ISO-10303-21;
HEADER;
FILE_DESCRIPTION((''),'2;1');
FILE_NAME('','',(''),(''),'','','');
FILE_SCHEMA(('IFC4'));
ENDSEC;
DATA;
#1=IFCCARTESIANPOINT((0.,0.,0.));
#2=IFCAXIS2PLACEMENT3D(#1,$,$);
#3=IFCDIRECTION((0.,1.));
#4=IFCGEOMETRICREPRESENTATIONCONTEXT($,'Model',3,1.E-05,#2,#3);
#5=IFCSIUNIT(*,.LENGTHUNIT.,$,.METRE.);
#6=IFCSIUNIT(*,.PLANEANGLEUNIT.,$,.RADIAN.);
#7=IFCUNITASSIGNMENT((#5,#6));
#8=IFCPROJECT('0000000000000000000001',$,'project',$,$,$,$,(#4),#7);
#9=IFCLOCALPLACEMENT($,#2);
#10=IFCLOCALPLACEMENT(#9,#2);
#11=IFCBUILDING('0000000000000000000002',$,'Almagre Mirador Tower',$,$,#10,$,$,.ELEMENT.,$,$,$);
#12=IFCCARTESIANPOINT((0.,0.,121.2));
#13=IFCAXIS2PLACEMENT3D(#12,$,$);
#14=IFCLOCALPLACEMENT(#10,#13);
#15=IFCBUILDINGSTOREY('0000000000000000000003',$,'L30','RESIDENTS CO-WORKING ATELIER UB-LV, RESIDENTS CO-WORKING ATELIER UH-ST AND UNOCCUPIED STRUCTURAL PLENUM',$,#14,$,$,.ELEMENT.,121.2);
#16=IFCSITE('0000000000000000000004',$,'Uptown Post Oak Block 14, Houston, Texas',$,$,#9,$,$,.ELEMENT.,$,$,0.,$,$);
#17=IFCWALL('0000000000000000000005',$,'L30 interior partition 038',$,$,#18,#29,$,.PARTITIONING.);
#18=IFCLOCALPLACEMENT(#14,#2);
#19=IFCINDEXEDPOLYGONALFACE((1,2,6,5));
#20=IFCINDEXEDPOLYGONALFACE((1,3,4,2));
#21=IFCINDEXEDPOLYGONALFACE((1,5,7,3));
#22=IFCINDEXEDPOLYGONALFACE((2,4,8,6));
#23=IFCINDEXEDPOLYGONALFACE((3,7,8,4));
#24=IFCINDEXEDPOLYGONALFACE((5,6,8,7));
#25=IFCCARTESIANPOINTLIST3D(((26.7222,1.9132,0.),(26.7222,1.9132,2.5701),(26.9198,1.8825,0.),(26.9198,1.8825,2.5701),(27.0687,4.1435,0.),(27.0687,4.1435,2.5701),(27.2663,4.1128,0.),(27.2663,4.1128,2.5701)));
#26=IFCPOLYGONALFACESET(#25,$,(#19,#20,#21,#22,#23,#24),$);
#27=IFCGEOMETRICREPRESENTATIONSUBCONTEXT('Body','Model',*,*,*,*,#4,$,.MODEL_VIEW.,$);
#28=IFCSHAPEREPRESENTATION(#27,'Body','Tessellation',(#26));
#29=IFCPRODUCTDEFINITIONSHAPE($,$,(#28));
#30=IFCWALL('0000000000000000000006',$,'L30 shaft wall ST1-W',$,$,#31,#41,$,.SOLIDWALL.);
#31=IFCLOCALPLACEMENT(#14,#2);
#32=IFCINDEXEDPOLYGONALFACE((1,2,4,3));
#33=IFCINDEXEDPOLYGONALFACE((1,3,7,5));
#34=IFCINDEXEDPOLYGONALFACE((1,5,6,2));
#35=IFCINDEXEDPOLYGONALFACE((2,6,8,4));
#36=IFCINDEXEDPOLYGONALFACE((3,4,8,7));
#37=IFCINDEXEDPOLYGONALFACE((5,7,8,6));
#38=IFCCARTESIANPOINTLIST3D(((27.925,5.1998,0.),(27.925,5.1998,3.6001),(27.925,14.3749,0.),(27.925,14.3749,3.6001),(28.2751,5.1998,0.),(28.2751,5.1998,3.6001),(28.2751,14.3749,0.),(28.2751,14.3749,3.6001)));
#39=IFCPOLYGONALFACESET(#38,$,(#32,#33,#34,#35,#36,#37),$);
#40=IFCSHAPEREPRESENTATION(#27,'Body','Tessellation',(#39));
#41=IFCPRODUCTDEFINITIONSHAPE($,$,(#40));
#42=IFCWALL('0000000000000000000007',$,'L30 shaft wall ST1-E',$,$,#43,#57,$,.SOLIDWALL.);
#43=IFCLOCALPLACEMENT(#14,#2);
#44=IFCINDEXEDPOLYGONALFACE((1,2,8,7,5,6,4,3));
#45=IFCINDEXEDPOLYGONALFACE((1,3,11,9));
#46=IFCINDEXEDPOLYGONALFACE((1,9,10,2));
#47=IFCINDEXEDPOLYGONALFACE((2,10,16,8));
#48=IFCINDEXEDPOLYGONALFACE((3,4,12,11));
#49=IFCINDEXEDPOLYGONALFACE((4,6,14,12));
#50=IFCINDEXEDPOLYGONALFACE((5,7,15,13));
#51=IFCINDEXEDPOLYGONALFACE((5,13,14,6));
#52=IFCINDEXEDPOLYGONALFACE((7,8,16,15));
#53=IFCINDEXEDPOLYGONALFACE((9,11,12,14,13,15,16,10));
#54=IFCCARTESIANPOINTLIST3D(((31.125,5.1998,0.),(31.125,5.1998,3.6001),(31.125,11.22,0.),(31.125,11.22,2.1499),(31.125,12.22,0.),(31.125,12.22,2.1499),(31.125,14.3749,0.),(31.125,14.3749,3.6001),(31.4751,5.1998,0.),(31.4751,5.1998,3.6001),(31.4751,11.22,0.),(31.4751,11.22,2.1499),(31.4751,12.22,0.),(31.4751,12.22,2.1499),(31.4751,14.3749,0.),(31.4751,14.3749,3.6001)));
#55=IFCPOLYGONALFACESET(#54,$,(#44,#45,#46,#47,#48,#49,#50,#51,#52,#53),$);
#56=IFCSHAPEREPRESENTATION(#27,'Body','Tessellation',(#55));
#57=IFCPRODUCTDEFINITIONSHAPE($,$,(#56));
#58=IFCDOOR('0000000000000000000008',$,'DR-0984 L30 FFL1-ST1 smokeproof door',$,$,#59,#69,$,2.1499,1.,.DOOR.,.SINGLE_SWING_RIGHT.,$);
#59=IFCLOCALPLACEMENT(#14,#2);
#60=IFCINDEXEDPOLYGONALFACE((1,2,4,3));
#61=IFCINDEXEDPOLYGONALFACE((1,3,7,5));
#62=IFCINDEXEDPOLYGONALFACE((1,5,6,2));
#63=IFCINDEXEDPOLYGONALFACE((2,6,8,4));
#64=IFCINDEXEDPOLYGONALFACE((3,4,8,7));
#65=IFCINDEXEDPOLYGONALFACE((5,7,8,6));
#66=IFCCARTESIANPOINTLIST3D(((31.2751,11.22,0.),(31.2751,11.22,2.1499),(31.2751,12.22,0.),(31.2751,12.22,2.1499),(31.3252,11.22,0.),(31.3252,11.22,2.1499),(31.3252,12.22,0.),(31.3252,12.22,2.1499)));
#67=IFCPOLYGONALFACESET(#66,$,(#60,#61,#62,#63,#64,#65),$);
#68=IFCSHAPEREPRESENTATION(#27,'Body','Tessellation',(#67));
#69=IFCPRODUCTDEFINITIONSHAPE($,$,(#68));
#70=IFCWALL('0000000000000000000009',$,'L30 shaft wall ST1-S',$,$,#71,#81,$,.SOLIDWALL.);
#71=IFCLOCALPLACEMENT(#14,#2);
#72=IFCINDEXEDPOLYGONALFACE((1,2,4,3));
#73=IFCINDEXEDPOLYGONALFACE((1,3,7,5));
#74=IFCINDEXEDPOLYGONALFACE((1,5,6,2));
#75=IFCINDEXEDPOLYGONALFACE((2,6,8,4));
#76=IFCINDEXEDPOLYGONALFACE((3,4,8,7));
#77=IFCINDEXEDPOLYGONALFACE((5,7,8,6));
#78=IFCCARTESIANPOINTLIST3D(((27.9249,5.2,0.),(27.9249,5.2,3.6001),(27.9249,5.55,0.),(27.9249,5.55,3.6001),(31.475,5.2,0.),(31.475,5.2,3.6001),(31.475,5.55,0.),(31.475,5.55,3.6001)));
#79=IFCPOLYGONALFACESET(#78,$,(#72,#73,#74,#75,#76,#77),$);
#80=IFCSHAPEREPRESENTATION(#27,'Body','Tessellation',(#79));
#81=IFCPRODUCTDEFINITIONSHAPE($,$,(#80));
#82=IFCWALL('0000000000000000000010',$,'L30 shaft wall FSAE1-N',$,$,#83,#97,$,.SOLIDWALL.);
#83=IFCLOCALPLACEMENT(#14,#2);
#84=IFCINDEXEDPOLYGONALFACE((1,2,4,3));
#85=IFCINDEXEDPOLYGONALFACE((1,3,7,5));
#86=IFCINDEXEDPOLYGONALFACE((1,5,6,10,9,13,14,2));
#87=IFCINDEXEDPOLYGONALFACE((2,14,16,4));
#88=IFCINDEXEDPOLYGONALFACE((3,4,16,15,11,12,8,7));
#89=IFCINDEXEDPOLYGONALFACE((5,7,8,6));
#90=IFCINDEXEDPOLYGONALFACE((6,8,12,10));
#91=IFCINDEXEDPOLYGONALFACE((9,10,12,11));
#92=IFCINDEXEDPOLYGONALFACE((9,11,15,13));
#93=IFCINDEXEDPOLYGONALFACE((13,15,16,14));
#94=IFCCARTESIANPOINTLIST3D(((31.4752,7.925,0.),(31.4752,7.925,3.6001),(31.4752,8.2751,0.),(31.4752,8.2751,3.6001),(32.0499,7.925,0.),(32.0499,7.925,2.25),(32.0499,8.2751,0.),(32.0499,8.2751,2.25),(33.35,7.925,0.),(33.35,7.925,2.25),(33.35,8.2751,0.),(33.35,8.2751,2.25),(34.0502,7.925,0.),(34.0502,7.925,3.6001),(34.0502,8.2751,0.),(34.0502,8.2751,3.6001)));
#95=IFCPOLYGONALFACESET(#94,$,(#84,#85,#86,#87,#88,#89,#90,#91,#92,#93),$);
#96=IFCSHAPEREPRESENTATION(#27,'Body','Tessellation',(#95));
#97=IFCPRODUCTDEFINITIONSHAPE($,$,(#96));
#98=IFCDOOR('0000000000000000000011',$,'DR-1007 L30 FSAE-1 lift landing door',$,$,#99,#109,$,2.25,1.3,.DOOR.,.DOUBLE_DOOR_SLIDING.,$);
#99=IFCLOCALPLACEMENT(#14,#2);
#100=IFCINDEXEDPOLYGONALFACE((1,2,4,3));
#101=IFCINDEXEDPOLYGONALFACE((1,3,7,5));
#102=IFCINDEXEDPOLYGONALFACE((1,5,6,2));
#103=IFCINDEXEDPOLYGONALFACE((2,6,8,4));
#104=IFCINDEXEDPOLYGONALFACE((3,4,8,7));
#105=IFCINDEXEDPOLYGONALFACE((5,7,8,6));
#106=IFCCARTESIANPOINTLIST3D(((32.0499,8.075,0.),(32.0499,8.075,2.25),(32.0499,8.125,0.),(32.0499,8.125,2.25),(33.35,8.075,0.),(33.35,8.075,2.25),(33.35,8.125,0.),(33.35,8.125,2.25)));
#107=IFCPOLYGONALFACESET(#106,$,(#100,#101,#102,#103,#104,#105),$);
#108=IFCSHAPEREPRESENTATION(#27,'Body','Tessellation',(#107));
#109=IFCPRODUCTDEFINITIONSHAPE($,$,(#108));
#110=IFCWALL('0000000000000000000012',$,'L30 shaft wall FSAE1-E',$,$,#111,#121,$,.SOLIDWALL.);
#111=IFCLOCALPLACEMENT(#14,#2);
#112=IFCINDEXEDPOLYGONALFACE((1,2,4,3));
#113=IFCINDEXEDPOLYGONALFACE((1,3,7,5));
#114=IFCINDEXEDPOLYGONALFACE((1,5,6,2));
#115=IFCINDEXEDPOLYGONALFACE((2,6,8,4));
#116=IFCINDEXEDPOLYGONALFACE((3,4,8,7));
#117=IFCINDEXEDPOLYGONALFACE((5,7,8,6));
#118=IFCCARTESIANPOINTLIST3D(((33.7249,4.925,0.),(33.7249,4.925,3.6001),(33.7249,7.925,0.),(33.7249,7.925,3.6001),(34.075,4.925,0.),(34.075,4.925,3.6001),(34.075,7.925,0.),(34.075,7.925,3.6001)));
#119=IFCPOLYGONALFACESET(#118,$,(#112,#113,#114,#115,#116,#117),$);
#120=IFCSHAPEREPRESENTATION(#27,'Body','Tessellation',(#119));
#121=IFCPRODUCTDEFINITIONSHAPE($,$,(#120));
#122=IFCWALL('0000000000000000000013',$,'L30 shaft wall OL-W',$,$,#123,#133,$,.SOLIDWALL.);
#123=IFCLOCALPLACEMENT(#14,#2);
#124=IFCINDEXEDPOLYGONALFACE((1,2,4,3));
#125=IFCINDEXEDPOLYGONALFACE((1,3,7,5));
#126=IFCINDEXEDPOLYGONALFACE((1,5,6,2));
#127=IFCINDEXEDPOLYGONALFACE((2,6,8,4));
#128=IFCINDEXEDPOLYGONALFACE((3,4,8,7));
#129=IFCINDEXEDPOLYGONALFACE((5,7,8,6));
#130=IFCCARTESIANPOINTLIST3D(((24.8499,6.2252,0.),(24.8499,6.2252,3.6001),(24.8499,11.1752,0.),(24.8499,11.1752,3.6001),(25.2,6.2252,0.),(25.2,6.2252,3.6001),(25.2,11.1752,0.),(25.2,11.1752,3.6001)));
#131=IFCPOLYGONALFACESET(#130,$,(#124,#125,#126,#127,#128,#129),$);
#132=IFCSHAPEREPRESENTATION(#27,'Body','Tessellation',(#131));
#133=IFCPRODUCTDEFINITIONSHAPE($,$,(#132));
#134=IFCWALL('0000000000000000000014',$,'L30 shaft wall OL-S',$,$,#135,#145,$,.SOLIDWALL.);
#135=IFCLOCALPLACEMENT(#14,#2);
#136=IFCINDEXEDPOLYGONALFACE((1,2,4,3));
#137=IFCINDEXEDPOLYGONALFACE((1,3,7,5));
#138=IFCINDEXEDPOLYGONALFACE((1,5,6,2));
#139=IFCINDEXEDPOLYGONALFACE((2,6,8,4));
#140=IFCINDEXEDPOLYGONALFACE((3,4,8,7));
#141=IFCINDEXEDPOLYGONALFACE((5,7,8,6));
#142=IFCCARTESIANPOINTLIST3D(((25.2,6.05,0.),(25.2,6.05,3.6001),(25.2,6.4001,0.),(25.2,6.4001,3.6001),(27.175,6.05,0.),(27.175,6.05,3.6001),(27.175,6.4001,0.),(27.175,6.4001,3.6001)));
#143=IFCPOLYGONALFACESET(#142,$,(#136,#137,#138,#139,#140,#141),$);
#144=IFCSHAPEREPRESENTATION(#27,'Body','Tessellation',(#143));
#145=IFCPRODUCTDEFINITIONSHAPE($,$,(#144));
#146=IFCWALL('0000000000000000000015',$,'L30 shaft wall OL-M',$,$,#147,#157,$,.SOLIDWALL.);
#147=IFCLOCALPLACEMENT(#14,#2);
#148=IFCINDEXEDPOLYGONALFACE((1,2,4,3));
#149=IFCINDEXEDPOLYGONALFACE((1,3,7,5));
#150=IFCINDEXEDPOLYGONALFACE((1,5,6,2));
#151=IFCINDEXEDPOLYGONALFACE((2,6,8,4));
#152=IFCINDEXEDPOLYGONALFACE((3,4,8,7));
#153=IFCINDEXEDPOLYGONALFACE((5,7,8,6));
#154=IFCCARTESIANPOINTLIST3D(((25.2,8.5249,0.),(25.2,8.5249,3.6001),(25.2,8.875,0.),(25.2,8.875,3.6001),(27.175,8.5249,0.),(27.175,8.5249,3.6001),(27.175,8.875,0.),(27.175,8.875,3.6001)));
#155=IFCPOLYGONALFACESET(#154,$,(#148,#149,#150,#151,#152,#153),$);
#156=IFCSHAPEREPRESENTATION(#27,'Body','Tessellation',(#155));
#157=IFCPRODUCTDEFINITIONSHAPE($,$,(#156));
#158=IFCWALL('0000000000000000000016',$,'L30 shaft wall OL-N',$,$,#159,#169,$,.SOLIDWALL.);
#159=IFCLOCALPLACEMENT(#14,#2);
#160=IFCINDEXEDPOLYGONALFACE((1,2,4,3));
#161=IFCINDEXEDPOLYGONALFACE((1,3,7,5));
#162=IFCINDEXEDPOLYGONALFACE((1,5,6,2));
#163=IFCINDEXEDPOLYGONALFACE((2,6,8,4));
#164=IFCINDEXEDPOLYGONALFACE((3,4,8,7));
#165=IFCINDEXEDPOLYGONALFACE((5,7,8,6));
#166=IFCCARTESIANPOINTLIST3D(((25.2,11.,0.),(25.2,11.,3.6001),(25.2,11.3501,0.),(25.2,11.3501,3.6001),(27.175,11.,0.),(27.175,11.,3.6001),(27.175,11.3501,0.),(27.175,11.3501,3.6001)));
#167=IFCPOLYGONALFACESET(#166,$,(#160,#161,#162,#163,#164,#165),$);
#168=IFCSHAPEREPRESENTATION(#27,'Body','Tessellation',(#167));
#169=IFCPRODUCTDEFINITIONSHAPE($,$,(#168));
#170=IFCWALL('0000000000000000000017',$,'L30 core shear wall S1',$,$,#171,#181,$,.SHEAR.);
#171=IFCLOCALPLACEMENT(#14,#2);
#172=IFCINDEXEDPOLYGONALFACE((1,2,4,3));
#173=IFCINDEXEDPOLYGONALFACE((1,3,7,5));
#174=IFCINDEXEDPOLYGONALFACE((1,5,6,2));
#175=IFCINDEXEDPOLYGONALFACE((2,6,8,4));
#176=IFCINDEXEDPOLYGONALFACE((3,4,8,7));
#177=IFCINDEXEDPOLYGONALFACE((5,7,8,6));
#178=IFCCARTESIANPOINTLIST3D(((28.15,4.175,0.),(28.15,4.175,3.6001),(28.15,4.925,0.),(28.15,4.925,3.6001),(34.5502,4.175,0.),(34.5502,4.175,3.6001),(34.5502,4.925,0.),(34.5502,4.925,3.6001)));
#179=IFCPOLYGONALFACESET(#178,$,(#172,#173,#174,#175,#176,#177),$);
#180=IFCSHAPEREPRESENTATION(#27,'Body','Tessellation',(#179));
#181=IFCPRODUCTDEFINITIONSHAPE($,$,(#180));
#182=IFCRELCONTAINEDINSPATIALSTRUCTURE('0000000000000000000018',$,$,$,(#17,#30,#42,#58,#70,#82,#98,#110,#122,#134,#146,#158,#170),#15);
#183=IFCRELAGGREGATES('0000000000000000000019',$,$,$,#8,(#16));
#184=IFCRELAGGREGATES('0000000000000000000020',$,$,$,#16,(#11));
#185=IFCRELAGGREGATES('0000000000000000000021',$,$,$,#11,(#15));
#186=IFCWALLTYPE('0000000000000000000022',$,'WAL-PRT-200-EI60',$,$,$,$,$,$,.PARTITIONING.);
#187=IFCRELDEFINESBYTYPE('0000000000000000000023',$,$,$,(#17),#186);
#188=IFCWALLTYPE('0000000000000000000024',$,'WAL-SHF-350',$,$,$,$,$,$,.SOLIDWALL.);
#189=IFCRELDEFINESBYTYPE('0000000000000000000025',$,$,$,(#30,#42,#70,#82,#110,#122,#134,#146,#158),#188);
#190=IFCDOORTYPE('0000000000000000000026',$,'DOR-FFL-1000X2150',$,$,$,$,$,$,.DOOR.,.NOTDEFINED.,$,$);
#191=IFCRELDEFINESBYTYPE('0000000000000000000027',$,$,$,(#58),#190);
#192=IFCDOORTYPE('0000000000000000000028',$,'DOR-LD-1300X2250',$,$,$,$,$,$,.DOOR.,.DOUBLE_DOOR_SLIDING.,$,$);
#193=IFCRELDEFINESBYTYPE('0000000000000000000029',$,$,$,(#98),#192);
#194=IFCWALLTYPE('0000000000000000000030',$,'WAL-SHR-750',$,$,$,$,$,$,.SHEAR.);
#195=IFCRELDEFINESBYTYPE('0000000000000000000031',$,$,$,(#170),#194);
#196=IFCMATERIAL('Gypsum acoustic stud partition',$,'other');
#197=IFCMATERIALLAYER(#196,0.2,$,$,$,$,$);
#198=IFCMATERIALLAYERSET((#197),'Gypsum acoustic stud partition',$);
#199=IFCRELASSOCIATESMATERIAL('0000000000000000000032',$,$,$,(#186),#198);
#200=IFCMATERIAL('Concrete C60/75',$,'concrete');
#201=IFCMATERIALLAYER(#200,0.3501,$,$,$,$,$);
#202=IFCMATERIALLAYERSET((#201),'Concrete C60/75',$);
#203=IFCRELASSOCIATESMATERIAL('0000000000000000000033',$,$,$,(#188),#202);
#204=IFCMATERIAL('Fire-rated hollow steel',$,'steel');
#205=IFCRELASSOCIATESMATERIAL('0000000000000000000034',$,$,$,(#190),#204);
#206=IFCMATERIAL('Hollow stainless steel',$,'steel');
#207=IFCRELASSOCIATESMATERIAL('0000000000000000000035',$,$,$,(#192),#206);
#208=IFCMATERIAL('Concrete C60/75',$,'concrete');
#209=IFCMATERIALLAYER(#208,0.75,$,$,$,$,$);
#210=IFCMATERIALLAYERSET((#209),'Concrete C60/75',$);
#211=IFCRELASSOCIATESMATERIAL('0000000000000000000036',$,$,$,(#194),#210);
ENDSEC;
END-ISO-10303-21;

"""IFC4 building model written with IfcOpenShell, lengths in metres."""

from ifc_helpers import new_model, si_unit, direction, frame, frame_2d, origin, place, context, subcontext, project, spatial, rectangle, extrude, material, layer, layer_set, type_object, element, fill, save


model = new_model("IFC4")

# Units and contexts
model_context = context("Model", 3, precision=1e-05, world=origin(), true_north=direction((0.0, 1.0)))
body_context = subcontext(model_context, "Body", "Model", "MODEL_VIEW")
ifc_project = project(units=[si_unit("LENGTHUNIT", "METRE"), si_unit("PLANEANGLEUNIT", "RADIAN")], contexts=[model_context])

# Site, building, storey
site_placement = place(None, origin())
site = spatial("IfcSite", under=ifc_project, at=site_placement, Name="Uptown Post Oak Block 14, Houston, Texas", CompositionType="ELEMENT", RefElevation=0.0)
building_placement = place(site_placement, origin())
building = spatial("IfcBuilding", under=site, at=building_placement, Name="Almagre Mirador Tower", CompositionType="ELEMENT")
storey_placement = place(building_placement, frame((0.0, 0.0, 121.2)))
storey = spatial("IfcBuildingStorey", under=building, at=storey_placement, Name="L30", Description="RESIDENTS CO-WORKING ATELIER UB-LV, RESIDENTS CO-WORKING ATELIER UH-ST AND UNOCCUPIED STRUCTURAL PLENUM", CompositionType="ELEMENT", Elevation=121.2)

# Walls
ifc_material_1 = material(Name="Gypsum acoustic stud partition", Category="other")
ifc_layer_1 = layer(ifc_material_1, 0.2)
ifc_layer_set_1 = layer_set([ifc_layer_1], Name="Gypsum acoustic stud partition")
wall_type_1 = type_object("IfcWallType", Name="WAL-PRT-200-EI60", PredefinedType="PARTITIONING", material=ifc_layer_set_1)
wall_1_placement = place(storey_placement, frame((26.821, 1.8979, 0.0), z_axis=(0.0, 0.0, 1.0), x_axis=(0.153496, 0.988149, 0.0)))
element("IfcWall", 1, at=wall_1_placement, inside=storey, type_object=wall_type_1, Name="L30 interior partition 038", PredefinedType="PARTITIONING", context=body_context, shape_type="SweptSolid", body=[
    extrude(rectangle(XDim=2.2571, YDim=0.2, at=frame_2d((1.1284, 0.0))), origin(), (0.0, 0.0, 1.0), 2.5701),
])
ifc_material_2 = material(Name="Concrete C60/75", Category="concrete")
ifc_layer_2 = layer(ifc_material_2, 0.3501)
ifc_layer_set_2 = layer_set([ifc_layer_2], Name="Concrete C60/75")
wall_type_2 = type_object("IfcWallType", Name="WAL-SHF-350", PredefinedType="SOLIDWALL", material=ifc_layer_set_2)
wall_2_placement = place(storey_placement, frame((28.1001, 5.2, 0.0), z_axis=(0.0, 0.0, 1.0), x_axis=(0.0, 1.0, 0.0)))
element("IfcWall", 2, at=wall_2_placement, inside=storey, type_object=wall_type_2, Name="L30 shaft wall ST1-W", PredefinedType="SOLIDWALL", context=body_context, shape_type="SweptSolid", body=[
    extrude(rectangle(XDim=9.175, YDim=0.3501, at=frame_2d((4.5874, 0.0))), origin(), (0.0, 0.0, 1.0), 3.6001),
])

# Wall, opening, door
wall_3_placement = place(storey_placement, frame((31.3, 5.2, 0.0), z_axis=(0.0, 0.0, 1.0), x_axis=(0.0, 1.0, 0.0)))
wall_3 = element("IfcWall", 3, at=wall_3_placement, inside=storey, type_object=wall_type_2, Name="L30 shaft wall ST1-E", PredefinedType="SOLIDWALL", context=body_context, shape_type="SweptSolid", body=[
    extrude(rectangle(XDim=9.175, YDim=0.3501, at=frame_2d((4.5874, 0.0))), origin(), (0.0, 0.0, 1.0), 3.6001),
])
opening_1_placement = place(wall_3_placement, frame((6.02, 0.0, 0.0)))
opening_1 = element("IfcOpeningElement", 4, at=opening_1_placement, cuts=wall_3, PredefinedType="OPENING", context=body_context, shape_type="SweptSolid", body=[
    extrude(rectangle(XDim=1.0, YDim=2.1499, at=frame_2d((0.5, 1.075))), frame((0.0, 0.185, 0.0), z_axis=(0.0, -1.0, 0.0), x_axis=(1.0, 0.0, 0.0)), (0.0, 0.0, 1.0), 0.3701),
])
ifc_material_3 = material(Name="Fire-rated hollow steel", Category="steel")
door_type_1 = type_object("IfcDoorType", Name="DOR-FFL-1000X2150", OperationType="NOTDEFINED", PredefinedType="DOOR", material=ifc_material_3)
door_1_placement = place(opening_1_placement, origin())
door_1 = element("IfcDoor", 5, at=door_1_placement, inside=storey, type_object=door_type_1, Name="DR-0984 L30 FFL1-ST1 smokeproof door", OperationType="SINGLE_SWING_RIGHT", OverallHeight=2.1499, OverallWidth=1.0, PredefinedType="DOOR", context=body_context, shape_type="SweptSolid", body=[
    extrude(rectangle(XDim=1.0, YDim=2.1499, at=frame_2d((0.5, 1.075))), frame((0.0, 0.0249, 0.0), z_axis=(0.0, -1.0, 0.0), x_axis=(1.0, 0.0, 0.0)), (0.0, 0.0, 1.0), 0.05),
])
fill(opening_1, door_1)

# Wall
wall_4_placement = place(storey_placement, frame((27.925, 5.375, 0.0), z_axis=(0.0, 0.0, 1.0), x_axis=(1.0, 0.0, 0.0)))
element("IfcWall", 6, at=wall_4_placement, inside=storey, type_object=wall_type_2, Name="L30 shaft wall ST1-S", PredefinedType="SOLIDWALL", context=body_context, shape_type="SweptSolid", body=[
    extrude(rectangle(XDim=3.55, YDim=0.3501, at=frame_2d((1.7749, 0.0))), origin(), (0.0, 0.0, 1.0), 3.6001),
])

# Wall, opening, door
wall_5_placement = place(storey_placement, frame((31.4751, 8.1001, 0.0), z_axis=(0.0, 0.0, 1.0), x_axis=(1.0, 0.0, 0.0)))
wall_5 = element("IfcWall", 7, at=wall_5_placement, inside=storey, type_object=wall_type_2, Name="L30 shaft wall FSAE1-N", PredefinedType="SOLIDWALL", context=body_context, shape_type="SweptSolid", body=[
    extrude(rectangle(XDim=2.575, YDim=0.3501, at=frame_2d((1.2876, 0.0))), origin(), (0.0, 0.0, 1.0), 3.6001),
])
opening_2_placement = place(wall_5_placement, frame((0.575, 0.0, 0.0)))
opening_2 = element("IfcOpeningElement", 8, at=opening_2_placement, cuts=wall_5, PredefinedType="OPENING", context=body_context, shape_type="SweptSolid", body=[
    extrude(rectangle(XDim=1.3, YDim=2.25, at=frame_2d((0.6499, 1.125))), frame((0.0, 0.185, 0.0), z_axis=(0.0, -1.0, 0.0), x_axis=(1.0, 0.0, 0.0)), (0.0, 0.0, 1.0), 0.3701),
])
ifc_material_4 = material(Name="Hollow stainless steel", Category="steel")
door_type_2 = type_object("IfcDoorType", Name="DOR-LD-1300X2250", OperationType="DOUBLE_DOOR_SLIDING", PredefinedType="DOOR", material=ifc_material_4)
door_2_placement = place(opening_2_placement, origin())
door_2 = element("IfcDoor", 9, at=door_2_placement, inside=storey, type_object=door_type_2, Name="DR-1007 L30 FSAE-1 lift landing door", OperationType="DOUBLE_DOOR_SLIDING", OverallHeight=2.25, OverallWidth=1.3, PredefinedType="DOOR", context=body_context, shape_type="SweptSolid", body=[
    extrude(rectangle(XDim=1.3, YDim=2.25, at=frame_2d((0.6499, 1.125))), frame((0.0, 0.0249, 0.0), z_axis=(0.0, -1.0, 0.0), x_axis=(1.0, 0.0, 0.0)), (0.0, 0.0, 1.0), 0.05),
])
fill(opening_2, door_2)

# Walls
wall_6_placement = place(storey_placement, frame((33.8999, 4.925, 0.0), z_axis=(0.0, 0.0, 1.0), x_axis=(0.0, 1.0, 0.0)))
element("IfcWall", 10, at=wall_6_placement, inside=storey, type_object=wall_type_2, Name="L30 shaft wall FSAE1-E", PredefinedType="SOLIDWALL", context=body_context, shape_type="SweptSolid", body=[
    extrude(rectangle(XDim=3.0, YDim=0.3501, at=frame_2d((1.5, 0.0))), origin(), (0.0, 0.0, 1.0), 3.6001),
])
wall_7_placement = place(storey_placement, frame((25.0249, 6.2251, 0.0), z_axis=(0.0, 0.0, 1.0), x_axis=(0.0, 1.0, 0.0)))
element("IfcWall", 11, at=wall_7_placement, inside=storey, type_object=wall_type_2, Name="L30 shaft wall OL-W", PredefinedType="SOLIDWALL", context=body_context, shape_type="SweptSolid", body=[
    extrude(rectangle(XDim=4.95, YDim=0.3501, at=frame_2d((2.4751, 0.0))), origin(), (0.0, 0.0, 1.0), 3.6001),
])
for number, where, z_axis, x_axis, name in (
    (12, (25.2, 6.2251, 0.0), (0.0, 0.0, 1.0), (1.0, 0.0, 0.0), "L30 shaft wall OL-S"),
    (13, (25.2, 8.7, 0.0), (0.0, 0.0, 1.0), (1.0, 0.0, 0.0), "L30 shaft wall OL-M"),
    (14, (25.2, 11.175, 0.0), (0.0, 0.0, 1.0), (1.0, 0.0, 0.0), "L30 shaft wall OL-N"),
):
    element("IfcWall", number, at=place(storey_placement, frame(where, z_axis=z_axis, x_axis=x_axis)), inside=storey, type_object=wall_type_2, Name=name, PredefinedType="SOLIDWALL", context=body_context, shape_type="SweptSolid", body=[
        extrude(rectangle(XDim=1.9751, YDim=0.3501, at=frame_2d((0.9875, 0.0))), origin(), (0.0, 0.0, 1.0), 3.6001),
    ])
ifc_material_5 = material(Name="Concrete C60/75", Category="concrete")
ifc_layer_3 = layer(ifc_material_5, 0.75)
ifc_layer_set_3 = layer_set([ifc_layer_3], Name="Concrete C60/75")
wall_type_3 = type_object("IfcWallType", Name="WAL-SHR-750", PredefinedType="SHEAR", material=ifc_layer_set_3)
wall_8_placement = place(storey_placement, frame((28.1499, 4.55, 0.0), z_axis=(0.0, 0.0, 1.0), x_axis=(1.0, 0.0, 0.0)))
element("IfcWall", 15, at=wall_8_placement, inside=storey, type_object=wall_type_3, Name="L30 core shear wall S1", PredefinedType="SHEAR", context=body_context, shape_type="SweptSolid", body=[
    extrude(rectangle(XDim=6.4001, YDim=0.75, at=frame_2d((3.2002, 0.0))), origin(), (0.0, 0.0, 1.0), 3.6001),
])

save(model, "model.ifc")
